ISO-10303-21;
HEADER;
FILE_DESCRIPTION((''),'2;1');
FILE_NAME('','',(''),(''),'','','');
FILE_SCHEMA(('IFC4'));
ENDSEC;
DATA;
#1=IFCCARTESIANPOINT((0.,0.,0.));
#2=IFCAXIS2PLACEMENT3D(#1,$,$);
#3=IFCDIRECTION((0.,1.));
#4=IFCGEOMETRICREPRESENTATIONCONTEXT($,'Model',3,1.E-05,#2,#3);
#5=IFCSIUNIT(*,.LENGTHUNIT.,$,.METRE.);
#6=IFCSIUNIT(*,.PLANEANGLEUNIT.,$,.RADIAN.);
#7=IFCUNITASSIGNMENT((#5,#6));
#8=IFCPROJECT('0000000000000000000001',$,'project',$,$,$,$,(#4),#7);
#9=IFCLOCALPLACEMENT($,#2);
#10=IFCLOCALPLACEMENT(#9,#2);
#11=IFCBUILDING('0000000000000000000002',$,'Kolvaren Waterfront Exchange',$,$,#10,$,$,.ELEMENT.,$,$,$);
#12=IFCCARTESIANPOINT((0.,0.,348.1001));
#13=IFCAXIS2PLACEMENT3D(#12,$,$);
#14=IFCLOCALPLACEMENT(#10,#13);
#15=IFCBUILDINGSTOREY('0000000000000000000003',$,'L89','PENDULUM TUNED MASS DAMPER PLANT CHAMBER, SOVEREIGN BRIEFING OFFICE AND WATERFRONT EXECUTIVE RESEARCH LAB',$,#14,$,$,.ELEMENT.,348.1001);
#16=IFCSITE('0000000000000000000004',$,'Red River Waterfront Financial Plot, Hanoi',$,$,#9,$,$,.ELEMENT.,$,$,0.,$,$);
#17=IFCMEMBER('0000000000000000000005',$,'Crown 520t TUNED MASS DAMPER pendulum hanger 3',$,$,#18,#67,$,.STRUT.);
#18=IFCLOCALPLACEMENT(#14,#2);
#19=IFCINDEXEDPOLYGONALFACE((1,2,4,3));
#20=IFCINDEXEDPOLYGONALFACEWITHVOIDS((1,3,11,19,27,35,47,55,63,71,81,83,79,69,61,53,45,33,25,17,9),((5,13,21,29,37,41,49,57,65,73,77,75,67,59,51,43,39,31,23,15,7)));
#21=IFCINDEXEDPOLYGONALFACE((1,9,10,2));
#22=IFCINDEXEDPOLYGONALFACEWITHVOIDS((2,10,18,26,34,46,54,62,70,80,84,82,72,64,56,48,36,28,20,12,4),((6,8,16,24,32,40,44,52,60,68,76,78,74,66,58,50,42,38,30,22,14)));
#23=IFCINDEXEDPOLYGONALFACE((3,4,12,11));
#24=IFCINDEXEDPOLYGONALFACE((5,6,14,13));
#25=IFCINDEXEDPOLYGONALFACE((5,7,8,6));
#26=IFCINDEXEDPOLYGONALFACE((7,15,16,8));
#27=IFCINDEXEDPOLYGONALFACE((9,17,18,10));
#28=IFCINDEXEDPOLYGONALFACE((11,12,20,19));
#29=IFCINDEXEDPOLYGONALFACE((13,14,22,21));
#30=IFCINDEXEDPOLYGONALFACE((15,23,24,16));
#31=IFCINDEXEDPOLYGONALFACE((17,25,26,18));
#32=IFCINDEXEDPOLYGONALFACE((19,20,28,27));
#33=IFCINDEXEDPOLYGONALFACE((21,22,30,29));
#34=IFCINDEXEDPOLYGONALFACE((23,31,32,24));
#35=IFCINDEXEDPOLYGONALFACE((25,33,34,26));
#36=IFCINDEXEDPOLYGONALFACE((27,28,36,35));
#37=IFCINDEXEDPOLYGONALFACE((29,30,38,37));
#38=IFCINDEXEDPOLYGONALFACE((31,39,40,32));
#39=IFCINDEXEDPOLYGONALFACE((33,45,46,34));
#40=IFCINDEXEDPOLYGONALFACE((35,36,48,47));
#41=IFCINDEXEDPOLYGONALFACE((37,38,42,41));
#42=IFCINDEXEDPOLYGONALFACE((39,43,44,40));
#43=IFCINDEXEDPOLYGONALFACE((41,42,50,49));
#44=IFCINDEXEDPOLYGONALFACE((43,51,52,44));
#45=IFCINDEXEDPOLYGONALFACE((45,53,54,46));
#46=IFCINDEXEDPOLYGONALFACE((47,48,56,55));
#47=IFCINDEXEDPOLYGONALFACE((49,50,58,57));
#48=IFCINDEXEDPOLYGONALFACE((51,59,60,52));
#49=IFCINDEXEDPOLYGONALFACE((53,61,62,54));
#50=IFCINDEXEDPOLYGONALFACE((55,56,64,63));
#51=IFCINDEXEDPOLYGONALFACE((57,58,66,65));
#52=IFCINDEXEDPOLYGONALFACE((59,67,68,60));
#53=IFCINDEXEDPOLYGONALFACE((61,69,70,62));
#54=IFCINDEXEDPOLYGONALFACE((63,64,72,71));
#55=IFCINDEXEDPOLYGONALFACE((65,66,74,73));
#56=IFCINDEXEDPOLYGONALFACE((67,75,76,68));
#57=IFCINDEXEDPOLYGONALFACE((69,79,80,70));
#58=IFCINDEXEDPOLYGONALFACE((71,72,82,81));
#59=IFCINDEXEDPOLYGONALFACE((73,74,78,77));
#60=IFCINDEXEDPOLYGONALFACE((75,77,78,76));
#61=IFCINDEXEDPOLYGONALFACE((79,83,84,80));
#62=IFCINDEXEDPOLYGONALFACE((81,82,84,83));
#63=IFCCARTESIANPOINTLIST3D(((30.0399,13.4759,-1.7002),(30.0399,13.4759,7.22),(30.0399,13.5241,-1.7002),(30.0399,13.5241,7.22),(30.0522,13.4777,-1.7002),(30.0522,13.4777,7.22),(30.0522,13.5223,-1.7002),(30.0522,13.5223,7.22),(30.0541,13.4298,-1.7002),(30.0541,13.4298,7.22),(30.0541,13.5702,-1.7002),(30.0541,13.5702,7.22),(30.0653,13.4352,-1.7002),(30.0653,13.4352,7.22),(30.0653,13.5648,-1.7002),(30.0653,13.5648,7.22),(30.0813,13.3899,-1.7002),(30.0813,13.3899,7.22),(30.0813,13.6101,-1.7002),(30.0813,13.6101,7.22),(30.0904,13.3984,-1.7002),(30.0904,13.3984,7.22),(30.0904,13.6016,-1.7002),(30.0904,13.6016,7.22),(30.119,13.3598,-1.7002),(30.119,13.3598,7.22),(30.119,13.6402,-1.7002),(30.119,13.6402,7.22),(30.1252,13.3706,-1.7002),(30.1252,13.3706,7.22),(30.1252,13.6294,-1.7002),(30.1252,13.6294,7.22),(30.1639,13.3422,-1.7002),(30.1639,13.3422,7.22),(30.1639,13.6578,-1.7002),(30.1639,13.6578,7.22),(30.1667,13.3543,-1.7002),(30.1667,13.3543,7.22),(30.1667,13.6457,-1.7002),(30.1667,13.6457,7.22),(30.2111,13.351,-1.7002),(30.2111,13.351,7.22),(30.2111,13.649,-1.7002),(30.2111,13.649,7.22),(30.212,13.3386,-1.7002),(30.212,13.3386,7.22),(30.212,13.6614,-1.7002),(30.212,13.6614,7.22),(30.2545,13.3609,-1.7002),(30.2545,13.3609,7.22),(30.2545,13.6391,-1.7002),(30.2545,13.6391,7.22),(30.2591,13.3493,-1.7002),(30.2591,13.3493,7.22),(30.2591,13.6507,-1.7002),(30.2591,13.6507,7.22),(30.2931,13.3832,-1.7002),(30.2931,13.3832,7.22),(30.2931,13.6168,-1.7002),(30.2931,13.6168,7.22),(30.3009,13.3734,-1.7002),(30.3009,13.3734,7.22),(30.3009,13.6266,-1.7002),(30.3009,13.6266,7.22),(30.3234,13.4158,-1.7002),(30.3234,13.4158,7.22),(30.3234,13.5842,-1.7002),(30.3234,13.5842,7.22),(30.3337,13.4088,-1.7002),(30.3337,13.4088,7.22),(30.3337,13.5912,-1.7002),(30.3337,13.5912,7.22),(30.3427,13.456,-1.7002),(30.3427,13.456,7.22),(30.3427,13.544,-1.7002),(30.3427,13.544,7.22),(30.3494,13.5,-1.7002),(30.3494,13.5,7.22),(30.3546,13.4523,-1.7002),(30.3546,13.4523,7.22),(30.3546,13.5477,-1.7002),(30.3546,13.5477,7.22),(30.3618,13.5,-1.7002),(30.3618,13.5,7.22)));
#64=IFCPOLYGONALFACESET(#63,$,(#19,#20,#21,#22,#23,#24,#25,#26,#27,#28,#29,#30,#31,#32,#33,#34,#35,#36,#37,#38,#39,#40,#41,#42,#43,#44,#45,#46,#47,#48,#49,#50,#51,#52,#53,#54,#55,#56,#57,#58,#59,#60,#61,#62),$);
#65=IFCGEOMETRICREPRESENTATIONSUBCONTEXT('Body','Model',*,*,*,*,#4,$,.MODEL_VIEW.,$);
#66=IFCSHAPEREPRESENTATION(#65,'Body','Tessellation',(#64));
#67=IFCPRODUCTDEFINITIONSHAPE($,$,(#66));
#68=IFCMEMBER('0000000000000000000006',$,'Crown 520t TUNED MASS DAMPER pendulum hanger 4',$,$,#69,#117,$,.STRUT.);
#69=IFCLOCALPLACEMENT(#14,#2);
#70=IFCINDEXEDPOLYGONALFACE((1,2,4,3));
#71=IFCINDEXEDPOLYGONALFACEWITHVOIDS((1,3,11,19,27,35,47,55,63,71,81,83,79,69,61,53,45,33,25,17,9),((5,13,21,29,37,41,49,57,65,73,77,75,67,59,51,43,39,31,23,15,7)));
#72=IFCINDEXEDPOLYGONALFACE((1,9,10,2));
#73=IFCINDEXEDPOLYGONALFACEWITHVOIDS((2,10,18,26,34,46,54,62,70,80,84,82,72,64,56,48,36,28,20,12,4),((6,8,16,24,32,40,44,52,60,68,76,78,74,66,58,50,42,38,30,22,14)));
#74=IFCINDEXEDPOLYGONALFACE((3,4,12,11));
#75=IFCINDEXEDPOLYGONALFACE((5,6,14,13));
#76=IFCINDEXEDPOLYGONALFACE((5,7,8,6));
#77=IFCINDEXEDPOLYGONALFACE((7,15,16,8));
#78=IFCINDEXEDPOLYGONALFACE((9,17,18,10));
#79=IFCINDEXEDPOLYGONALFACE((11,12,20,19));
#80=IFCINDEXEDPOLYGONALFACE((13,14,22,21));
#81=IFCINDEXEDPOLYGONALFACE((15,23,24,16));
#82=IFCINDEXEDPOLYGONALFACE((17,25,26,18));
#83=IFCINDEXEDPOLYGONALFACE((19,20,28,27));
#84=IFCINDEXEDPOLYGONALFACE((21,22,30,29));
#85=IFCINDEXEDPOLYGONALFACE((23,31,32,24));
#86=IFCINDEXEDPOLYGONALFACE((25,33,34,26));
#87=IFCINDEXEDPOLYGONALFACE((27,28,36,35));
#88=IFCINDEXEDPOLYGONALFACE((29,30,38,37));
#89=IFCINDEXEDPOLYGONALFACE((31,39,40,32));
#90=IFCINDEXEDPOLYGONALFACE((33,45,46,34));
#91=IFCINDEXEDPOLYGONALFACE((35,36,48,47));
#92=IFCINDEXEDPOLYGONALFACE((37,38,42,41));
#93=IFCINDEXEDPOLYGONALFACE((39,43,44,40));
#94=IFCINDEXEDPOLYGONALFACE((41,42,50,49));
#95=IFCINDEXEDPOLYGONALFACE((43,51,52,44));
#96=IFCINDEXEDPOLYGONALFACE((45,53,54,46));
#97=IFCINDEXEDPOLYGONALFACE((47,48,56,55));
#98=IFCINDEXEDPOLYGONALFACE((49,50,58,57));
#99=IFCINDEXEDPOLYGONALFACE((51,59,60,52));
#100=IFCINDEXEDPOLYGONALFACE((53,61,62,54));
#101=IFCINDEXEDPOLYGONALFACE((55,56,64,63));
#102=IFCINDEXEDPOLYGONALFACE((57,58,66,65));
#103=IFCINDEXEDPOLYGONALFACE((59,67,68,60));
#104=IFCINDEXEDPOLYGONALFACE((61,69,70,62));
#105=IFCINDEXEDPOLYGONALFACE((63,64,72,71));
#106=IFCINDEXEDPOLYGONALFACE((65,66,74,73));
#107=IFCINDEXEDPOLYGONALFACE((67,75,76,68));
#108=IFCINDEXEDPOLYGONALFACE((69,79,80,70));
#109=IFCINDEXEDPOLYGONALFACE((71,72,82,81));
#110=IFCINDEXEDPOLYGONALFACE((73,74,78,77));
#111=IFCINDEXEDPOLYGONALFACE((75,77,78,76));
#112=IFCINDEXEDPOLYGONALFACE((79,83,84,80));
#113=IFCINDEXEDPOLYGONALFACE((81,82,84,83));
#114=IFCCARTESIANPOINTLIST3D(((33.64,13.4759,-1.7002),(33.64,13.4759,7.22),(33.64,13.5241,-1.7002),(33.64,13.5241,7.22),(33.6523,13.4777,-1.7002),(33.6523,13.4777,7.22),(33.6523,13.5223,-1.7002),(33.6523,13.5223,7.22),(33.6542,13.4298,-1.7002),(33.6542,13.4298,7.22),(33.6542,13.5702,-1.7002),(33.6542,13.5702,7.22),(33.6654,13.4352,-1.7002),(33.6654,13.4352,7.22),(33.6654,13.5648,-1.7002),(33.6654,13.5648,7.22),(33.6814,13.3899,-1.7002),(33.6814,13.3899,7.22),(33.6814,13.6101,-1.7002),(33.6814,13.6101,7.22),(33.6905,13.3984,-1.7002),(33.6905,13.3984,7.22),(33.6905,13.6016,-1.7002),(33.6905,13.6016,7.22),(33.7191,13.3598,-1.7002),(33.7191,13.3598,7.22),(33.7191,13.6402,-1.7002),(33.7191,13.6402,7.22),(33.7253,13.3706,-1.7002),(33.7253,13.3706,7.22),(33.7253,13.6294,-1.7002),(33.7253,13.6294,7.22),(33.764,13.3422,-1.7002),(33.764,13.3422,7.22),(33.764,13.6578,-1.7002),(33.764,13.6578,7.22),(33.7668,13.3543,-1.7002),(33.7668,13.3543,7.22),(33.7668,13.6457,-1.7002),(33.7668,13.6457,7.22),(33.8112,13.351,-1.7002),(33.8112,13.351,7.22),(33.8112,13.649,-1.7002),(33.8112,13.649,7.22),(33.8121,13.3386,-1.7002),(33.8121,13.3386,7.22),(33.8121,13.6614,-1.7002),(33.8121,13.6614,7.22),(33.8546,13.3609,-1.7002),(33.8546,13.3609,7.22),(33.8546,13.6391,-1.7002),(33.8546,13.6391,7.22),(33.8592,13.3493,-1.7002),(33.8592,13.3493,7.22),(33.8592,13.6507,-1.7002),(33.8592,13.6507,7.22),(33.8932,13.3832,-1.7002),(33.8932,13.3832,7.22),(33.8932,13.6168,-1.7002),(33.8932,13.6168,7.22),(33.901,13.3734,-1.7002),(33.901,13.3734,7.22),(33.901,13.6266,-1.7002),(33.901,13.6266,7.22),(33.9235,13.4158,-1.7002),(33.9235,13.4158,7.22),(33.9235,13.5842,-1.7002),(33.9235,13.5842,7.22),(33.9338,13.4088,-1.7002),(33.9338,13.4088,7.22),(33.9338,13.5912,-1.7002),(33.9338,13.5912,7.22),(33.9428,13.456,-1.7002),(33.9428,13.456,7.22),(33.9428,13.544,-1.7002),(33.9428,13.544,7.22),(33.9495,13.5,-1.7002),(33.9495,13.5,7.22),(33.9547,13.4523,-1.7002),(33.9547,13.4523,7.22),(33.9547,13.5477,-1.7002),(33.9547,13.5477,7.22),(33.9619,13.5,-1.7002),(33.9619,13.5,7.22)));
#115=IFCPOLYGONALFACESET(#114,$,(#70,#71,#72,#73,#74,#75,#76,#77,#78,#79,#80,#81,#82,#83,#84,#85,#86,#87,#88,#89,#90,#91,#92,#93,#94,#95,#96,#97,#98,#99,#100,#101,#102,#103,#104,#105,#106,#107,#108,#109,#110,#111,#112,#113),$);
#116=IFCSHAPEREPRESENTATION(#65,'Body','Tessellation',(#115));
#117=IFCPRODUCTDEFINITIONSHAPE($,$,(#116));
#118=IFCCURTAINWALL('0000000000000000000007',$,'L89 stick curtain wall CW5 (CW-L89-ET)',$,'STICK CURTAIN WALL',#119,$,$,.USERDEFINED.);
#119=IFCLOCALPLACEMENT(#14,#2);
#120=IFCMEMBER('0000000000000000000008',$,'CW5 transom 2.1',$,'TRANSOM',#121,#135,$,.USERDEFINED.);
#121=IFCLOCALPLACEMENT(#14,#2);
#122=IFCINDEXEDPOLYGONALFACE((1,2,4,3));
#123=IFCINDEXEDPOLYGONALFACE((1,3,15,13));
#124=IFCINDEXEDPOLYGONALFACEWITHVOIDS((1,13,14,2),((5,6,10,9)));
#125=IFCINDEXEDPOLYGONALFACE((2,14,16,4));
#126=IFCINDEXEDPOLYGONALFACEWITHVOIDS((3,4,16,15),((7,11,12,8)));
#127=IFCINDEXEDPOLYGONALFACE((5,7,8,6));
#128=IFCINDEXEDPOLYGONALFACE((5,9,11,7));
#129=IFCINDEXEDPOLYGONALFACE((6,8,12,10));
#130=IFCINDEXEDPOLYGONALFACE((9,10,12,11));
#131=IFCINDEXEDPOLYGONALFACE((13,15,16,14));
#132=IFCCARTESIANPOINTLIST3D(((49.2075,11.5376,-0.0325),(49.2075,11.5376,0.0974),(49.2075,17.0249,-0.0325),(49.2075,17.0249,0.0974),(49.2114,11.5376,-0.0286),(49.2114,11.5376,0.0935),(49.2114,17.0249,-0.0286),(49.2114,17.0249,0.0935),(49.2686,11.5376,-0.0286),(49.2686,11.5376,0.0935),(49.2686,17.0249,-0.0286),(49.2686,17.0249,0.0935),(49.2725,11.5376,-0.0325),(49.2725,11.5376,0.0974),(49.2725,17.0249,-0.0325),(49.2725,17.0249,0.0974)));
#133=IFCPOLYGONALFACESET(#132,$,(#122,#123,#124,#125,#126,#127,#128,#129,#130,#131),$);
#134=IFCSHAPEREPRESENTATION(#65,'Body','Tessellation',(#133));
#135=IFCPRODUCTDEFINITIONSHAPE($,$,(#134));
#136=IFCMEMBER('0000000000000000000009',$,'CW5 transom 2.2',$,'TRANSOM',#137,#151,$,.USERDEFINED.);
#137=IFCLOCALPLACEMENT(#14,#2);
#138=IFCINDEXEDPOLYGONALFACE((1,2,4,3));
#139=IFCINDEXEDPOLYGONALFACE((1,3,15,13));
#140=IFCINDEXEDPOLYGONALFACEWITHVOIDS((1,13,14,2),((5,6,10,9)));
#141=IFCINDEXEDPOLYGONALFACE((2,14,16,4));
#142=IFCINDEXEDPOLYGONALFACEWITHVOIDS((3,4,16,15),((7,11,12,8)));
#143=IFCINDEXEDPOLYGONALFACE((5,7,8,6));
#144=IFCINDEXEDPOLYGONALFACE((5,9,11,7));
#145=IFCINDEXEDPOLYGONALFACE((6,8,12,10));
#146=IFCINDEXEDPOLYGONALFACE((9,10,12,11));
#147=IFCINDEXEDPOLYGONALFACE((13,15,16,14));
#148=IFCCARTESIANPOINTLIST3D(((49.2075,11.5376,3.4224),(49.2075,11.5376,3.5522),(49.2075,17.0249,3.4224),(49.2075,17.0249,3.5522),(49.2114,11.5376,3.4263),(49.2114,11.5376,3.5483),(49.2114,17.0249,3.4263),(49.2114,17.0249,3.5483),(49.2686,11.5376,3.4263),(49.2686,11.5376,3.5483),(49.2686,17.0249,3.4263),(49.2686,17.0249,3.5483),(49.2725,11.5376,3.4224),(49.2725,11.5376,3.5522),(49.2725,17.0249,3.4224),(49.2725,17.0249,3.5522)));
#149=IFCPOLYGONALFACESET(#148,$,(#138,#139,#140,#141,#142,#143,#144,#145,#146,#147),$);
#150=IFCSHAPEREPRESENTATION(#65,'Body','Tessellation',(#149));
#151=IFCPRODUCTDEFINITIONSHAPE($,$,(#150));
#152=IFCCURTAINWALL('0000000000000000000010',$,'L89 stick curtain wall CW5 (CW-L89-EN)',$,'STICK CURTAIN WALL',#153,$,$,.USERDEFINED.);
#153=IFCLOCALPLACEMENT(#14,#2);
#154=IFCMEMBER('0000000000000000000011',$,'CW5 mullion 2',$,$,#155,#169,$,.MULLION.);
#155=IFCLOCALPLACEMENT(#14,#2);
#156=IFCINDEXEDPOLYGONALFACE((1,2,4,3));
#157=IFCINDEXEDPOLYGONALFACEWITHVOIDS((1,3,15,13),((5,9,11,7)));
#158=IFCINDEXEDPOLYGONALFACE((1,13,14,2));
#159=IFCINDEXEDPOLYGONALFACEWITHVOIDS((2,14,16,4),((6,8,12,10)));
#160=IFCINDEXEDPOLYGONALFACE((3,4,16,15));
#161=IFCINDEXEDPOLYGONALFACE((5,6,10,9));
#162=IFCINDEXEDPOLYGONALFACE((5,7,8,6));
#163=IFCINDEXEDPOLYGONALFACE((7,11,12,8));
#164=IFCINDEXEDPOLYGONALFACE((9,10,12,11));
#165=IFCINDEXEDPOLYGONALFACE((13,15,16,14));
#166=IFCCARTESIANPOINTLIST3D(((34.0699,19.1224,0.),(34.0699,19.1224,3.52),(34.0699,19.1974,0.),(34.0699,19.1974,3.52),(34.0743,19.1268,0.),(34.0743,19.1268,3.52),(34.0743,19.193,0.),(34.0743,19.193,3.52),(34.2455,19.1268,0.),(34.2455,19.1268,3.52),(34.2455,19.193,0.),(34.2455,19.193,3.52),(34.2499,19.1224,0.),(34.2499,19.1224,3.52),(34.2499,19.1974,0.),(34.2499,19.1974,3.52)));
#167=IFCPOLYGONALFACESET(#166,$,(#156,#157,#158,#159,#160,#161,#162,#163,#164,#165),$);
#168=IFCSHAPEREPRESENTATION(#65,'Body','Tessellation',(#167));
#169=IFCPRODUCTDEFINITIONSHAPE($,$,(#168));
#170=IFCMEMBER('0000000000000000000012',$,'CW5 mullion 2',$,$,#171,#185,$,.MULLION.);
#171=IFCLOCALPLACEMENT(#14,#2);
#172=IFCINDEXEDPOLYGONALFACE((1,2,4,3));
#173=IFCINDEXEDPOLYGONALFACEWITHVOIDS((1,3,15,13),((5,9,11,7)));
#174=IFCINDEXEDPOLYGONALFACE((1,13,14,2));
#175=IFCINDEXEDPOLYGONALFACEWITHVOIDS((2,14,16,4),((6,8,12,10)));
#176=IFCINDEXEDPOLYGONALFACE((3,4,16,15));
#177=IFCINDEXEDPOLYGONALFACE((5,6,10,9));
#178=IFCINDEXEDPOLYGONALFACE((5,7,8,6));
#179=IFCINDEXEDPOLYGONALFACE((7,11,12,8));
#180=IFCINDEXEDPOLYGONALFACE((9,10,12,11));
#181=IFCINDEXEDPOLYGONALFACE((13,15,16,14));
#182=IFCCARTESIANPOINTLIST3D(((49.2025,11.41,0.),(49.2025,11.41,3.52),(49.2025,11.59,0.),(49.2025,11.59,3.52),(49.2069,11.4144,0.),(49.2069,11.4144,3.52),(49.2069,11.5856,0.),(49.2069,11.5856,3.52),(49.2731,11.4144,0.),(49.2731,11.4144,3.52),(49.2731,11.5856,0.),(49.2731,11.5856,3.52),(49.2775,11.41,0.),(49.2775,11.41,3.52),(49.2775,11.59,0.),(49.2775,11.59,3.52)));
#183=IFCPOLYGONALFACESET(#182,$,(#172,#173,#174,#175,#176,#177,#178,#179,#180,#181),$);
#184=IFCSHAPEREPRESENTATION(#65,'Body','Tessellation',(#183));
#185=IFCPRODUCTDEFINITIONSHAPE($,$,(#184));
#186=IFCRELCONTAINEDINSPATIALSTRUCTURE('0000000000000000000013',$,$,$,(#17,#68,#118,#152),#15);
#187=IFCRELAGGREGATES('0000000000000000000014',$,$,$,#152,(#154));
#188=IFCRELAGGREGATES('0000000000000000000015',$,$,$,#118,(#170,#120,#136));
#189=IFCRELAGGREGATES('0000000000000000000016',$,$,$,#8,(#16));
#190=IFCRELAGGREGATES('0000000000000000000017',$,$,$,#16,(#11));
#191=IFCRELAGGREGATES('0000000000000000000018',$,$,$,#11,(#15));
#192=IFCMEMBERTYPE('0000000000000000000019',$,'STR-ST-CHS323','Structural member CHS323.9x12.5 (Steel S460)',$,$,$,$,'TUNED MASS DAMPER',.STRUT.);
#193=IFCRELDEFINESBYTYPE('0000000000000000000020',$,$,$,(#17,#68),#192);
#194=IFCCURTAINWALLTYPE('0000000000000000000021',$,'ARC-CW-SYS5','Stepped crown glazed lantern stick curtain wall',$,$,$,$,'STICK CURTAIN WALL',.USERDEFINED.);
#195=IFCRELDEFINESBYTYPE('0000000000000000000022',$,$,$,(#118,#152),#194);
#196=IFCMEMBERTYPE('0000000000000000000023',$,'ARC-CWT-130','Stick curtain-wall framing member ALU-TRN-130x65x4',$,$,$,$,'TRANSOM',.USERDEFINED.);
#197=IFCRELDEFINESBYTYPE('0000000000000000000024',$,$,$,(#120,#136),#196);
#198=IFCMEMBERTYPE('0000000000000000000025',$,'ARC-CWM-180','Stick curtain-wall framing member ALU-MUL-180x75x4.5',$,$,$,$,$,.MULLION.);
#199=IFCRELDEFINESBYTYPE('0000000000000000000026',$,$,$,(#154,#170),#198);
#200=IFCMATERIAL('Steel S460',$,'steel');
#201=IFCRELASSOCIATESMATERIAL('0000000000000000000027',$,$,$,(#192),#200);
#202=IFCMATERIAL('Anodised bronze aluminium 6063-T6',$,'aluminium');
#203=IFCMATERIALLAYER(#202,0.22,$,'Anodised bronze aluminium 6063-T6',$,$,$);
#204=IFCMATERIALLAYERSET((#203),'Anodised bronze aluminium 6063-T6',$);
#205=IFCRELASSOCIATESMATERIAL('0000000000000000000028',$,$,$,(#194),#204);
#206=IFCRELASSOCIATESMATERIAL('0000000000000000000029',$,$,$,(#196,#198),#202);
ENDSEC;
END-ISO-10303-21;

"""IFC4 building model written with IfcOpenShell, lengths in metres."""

from ifc_helpers import new_model, si_unit, direction, frame, origin, origin_with_axes, origin_2d, place, context, subcontext, project, spatial, hollow_rectangle, hollow_circle, extrude, source, transform, mapped, material, layer, layer_set, material_profile, profile_set, type_object, element, aggregate, save


model = new_model("IFC4")

# Units and contexts
model_context = context("Model", 3, precision=1e-05, world=origin(), true_north=direction((0.0, 1.0)))
body_context = subcontext(model_context, "Body", "Model", "MODEL_VIEW")
ifc_project = project(units=[si_unit("LENGTHUNIT", "METRE"), si_unit("PLANEANGLEUNIT", "RADIAN")], contexts=[model_context])

# Site, building, storey
site_placement = place(None, origin())
site = spatial("IfcSite", under=ifc_project, at=site_placement, Name="Red River Waterfront Financial Plot, Hanoi", CompositionType="ELEMENT", RefElevation=0.0)
building_placement = place(site_placement, origin())
building = spatial("IfcBuilding", under=site, at=building_placement, Name="Kolvaren Waterfront Exchange", CompositionType="ELEMENT")
storey_placement = place(building_placement, frame((0.0, 0.0, 348.1001)))
storey = spatial("IfcBuildingStorey", under=building, at=storey_placement, Name="L89", Description="PENDULUM TUNED MASS DAMPER PLANT CHAMBER, SOVEREIGN BRIEFING OFFICE AND WATERFRONT EXECUTIVE RESEARCH LAB", CompositionType="ELEMENT", Elevation=348.1001)

# Members
ifc_material_1 = material(Name="Steel S460", Category="steel")
ifc_material_profile_1 = material_profile(ifc_material_1, hollow_circle(Radius=0.1619, WallThickness=0.0125, at=origin_2d()), Name="CHS323.9x12.5")
ifc_profile_set_1 = profile_set([ifc_material_profile_1], Name="Steel S460")
member_type_1 = type_object("IfcMemberType", Name="STR-ST-CHS323", Description="Structural member CHS323.9x12.5 (Steel S460)", ElementType="TUNED MASS DAMPER", PredefinedType="STRUT", material=ifc_profile_set_1)
for number, where, z_axis, x_axis, name in (
    (1, (30.2, 13.5, -1.7002), (0.0, 0.0, 1.0), (1.0, 0.0, 0.0), "Crown 520t TUNED MASS DAMPER pendulum hanger 3"),
    (2, (33.8, 13.5, -1.7002), (0.0, 0.0, 1.0), (1.0, 0.0, 0.0), "Crown 520t TUNED MASS DAMPER pendulum hanger 4"),
):
    element("IfcMember", number, at=place(storey_placement, frame(where, z_axis=z_axis, x_axis=x_axis)), inside=storey, type_object=member_type_1, Name=name, PredefinedType="STRUT", context=body_context, shape_type="SweptSolid", body=[
        extrude(hollow_circle(Radius=0.1619, WallThickness=0.0125, at=origin_2d()), origin(), (0.0, 0.0, 1.0), 8.9202),
    ])

# Curtain wall, members
ifc_material_2 = material(Name="Anodised bronze aluminium 6063-T6", Category="aluminium")
ifc_layer_1 = layer(ifc_material_2, 0.22, Name="Anodised bronze aluminium 6063-T6")
ifc_layer_set_1 = layer_set([ifc_layer_1], Name="Anodised bronze aluminium 6063-T6")
curtain_wall_type = type_object("IfcCurtainWallType", Name="ARC-CW-SYS5", Description="Stepped crown glazed lantern stick curtain wall", ElementType="STICK CURTAIN WALL", PredefinedType="USERDEFINED", material=ifc_layer_set_1)
curtain_wall_1_placement = place(storey_placement, origin())
curtain_wall_1 = element("IfcCurtainWall", 3, at=curtain_wall_1_placement, inside=storey, type_object=curtain_wall_type, Name="L89 stick curtain wall CW5 (CW-L89-ET)", ObjectType="STICK CURTAIN WALL", PredefinedType="USERDEFINED")
ifc_material_profile_2 = material_profile(ifc_material_2, hollow_rectangle(XDim=0.0649, YDim=0.1299, WallThickness=0.0039, at=origin_2d()), Name="ALU-TRN-130x65x4")
ifc_profile_set_2 = profile_set([ifc_material_profile_2], Name="Anodised bronze aluminium 6063-T6")
member_type_2 = type_object("IfcMemberType", Name="ARC-CWT-130", Description="Stick curtain-wall framing member ALU-TRN-130x65x4", ElementType="TRANSOM", PredefinedType="USERDEFINED", material=ifc_profile_set_2)
shared_shape_1 = source(origin_with_axes(), body_context, "Body", "SweptSolid", [
    extrude(hollow_rectangle(XDim=0.0649, YDim=0.1299, WallThickness=0.0039, at=origin_2d()), origin(), (0.0, 0.0, 1.0), 5.4873),
])
member_1_placement = place(storey_placement, frame((49.24, 11.5376, 0.0325), z_axis=(0.0, 1.0, 0.0), x_axis=(-1.0, 0.0, 0.0)))
member_1 = element("IfcMember", 4, at=member_1_placement, type_object=member_type_2, Name="CW5 transom 2.1", ObjectType="TRANSOM", PredefinedType="USERDEFINED", context=body_context, shape_type="MappedRepresentation", body=[
    mapped(shared_shape_1, transform((0.0, 0.0, 0.0), x_axis=(1.0, 0.0, 0.0), y_axis=(0.0, 1.0, 0.0), z_axis=(0.0, 0.0, 1.0), scale=1.0)),
])
member_2_placement = place(storey_placement, frame((49.24, 11.5376, 3.4873), z_axis=(0.0, 1.0, 0.0), x_axis=(-1.0, 0.0, 0.0)))
member_2 = element("IfcMember", 5, at=member_2_placement, type_object=member_type_2, Name="CW5 transom 2.2", ObjectType="TRANSOM", PredefinedType="USERDEFINED", context=body_context, shape_type="MappedRepresentation", body=[
    mapped(shared_shape_1, transform((0.0, 0.0, 0.0), x_axis=(1.0, 0.0, 0.0), y_axis=(0.0, 1.0, 0.0), z_axis=(0.0, 0.0, 1.0), scale=1.0)),
])

# Curtain wall, member
curtain_wall_2_placement = place(storey_placement, origin())
curtain_wall_2 = element("IfcCurtainWall", 6, at=curtain_wall_2_placement, inside=storey, type_object=curtain_wall_type, Name="L89 stick curtain wall CW5 (CW-L89-EN)", ObjectType="STICK CURTAIN WALL", PredefinedType="USERDEFINED")
ifc_material_profile_3 = material_profile(ifc_material_2, hollow_rectangle(XDim=0.075, YDim=0.1799, WallThickness=0.0044, at=origin_2d()), Name="ALU-MUL-180x75x4.5")
ifc_profile_set_3 = profile_set([ifc_material_profile_3], Name="Anodised bronze aluminium 6063-T6")
member_type_3 = type_object("IfcMemberType", Name="ARC-CWM-180", Description="Stick curtain-wall framing member ALU-MUL-180x75x4.5", PredefinedType="MULLION", material=ifc_profile_set_3)
shared_shape_2 = source(origin_with_axes(), body_context, "Body", "SweptSolid", [
    extrude(hollow_rectangle(XDim=0.075, YDim=0.1799, WallThickness=0.0044, at=origin_2d()), origin(), (0.0, 0.0, 1.0), 3.52),
])
member_3_placement = place(storey_placement, frame((34.1599, 19.1599, 0.0), z_axis=(0.0, 0.0, 1.0), x_axis=(0.0, 1.0, 0.0)))
member_3 = element("IfcMember", 7, at=member_3_placement, type_object=member_type_3, Name="CW5 mullion 2", PredefinedType="MULLION", context=body_context, shape_type="MappedRepresentation", body=[
    mapped(shared_shape_2, transform((0.0, 0.0, 0.0), x_axis=(1.0, 0.0, 0.0), y_axis=(0.0, 1.0, 0.0), z_axis=(0.0, 0.0, 1.0), scale=1.0)),
])

# Member
member_4_placement = place(storey_placement, frame((49.24, 11.5, 0.0), z_axis=(0.0, 0.0, 1.0), x_axis=(-1.0, 0.0, 0.0)))
member_4 = element("IfcMember", 8, at=member_4_placement, type_object=member_type_3, Name="CW5 mullion 2", PredefinedType="MULLION", context=body_context, shape_type="MappedRepresentation", body=[
    mapped(shared_shape_2, transform((0.0, 0.0, 0.0), x_axis=(1.0, 0.0, 0.0), y_axis=(0.0, 1.0, 0.0), z_axis=(0.0, 0.0, 1.0), scale=1.0)),
])

aggregate(curtain_wall_2, [member_3])
aggregate(curtain_wall_1, [member_4, member_1, member_2])

save(model, "model.ifc")
